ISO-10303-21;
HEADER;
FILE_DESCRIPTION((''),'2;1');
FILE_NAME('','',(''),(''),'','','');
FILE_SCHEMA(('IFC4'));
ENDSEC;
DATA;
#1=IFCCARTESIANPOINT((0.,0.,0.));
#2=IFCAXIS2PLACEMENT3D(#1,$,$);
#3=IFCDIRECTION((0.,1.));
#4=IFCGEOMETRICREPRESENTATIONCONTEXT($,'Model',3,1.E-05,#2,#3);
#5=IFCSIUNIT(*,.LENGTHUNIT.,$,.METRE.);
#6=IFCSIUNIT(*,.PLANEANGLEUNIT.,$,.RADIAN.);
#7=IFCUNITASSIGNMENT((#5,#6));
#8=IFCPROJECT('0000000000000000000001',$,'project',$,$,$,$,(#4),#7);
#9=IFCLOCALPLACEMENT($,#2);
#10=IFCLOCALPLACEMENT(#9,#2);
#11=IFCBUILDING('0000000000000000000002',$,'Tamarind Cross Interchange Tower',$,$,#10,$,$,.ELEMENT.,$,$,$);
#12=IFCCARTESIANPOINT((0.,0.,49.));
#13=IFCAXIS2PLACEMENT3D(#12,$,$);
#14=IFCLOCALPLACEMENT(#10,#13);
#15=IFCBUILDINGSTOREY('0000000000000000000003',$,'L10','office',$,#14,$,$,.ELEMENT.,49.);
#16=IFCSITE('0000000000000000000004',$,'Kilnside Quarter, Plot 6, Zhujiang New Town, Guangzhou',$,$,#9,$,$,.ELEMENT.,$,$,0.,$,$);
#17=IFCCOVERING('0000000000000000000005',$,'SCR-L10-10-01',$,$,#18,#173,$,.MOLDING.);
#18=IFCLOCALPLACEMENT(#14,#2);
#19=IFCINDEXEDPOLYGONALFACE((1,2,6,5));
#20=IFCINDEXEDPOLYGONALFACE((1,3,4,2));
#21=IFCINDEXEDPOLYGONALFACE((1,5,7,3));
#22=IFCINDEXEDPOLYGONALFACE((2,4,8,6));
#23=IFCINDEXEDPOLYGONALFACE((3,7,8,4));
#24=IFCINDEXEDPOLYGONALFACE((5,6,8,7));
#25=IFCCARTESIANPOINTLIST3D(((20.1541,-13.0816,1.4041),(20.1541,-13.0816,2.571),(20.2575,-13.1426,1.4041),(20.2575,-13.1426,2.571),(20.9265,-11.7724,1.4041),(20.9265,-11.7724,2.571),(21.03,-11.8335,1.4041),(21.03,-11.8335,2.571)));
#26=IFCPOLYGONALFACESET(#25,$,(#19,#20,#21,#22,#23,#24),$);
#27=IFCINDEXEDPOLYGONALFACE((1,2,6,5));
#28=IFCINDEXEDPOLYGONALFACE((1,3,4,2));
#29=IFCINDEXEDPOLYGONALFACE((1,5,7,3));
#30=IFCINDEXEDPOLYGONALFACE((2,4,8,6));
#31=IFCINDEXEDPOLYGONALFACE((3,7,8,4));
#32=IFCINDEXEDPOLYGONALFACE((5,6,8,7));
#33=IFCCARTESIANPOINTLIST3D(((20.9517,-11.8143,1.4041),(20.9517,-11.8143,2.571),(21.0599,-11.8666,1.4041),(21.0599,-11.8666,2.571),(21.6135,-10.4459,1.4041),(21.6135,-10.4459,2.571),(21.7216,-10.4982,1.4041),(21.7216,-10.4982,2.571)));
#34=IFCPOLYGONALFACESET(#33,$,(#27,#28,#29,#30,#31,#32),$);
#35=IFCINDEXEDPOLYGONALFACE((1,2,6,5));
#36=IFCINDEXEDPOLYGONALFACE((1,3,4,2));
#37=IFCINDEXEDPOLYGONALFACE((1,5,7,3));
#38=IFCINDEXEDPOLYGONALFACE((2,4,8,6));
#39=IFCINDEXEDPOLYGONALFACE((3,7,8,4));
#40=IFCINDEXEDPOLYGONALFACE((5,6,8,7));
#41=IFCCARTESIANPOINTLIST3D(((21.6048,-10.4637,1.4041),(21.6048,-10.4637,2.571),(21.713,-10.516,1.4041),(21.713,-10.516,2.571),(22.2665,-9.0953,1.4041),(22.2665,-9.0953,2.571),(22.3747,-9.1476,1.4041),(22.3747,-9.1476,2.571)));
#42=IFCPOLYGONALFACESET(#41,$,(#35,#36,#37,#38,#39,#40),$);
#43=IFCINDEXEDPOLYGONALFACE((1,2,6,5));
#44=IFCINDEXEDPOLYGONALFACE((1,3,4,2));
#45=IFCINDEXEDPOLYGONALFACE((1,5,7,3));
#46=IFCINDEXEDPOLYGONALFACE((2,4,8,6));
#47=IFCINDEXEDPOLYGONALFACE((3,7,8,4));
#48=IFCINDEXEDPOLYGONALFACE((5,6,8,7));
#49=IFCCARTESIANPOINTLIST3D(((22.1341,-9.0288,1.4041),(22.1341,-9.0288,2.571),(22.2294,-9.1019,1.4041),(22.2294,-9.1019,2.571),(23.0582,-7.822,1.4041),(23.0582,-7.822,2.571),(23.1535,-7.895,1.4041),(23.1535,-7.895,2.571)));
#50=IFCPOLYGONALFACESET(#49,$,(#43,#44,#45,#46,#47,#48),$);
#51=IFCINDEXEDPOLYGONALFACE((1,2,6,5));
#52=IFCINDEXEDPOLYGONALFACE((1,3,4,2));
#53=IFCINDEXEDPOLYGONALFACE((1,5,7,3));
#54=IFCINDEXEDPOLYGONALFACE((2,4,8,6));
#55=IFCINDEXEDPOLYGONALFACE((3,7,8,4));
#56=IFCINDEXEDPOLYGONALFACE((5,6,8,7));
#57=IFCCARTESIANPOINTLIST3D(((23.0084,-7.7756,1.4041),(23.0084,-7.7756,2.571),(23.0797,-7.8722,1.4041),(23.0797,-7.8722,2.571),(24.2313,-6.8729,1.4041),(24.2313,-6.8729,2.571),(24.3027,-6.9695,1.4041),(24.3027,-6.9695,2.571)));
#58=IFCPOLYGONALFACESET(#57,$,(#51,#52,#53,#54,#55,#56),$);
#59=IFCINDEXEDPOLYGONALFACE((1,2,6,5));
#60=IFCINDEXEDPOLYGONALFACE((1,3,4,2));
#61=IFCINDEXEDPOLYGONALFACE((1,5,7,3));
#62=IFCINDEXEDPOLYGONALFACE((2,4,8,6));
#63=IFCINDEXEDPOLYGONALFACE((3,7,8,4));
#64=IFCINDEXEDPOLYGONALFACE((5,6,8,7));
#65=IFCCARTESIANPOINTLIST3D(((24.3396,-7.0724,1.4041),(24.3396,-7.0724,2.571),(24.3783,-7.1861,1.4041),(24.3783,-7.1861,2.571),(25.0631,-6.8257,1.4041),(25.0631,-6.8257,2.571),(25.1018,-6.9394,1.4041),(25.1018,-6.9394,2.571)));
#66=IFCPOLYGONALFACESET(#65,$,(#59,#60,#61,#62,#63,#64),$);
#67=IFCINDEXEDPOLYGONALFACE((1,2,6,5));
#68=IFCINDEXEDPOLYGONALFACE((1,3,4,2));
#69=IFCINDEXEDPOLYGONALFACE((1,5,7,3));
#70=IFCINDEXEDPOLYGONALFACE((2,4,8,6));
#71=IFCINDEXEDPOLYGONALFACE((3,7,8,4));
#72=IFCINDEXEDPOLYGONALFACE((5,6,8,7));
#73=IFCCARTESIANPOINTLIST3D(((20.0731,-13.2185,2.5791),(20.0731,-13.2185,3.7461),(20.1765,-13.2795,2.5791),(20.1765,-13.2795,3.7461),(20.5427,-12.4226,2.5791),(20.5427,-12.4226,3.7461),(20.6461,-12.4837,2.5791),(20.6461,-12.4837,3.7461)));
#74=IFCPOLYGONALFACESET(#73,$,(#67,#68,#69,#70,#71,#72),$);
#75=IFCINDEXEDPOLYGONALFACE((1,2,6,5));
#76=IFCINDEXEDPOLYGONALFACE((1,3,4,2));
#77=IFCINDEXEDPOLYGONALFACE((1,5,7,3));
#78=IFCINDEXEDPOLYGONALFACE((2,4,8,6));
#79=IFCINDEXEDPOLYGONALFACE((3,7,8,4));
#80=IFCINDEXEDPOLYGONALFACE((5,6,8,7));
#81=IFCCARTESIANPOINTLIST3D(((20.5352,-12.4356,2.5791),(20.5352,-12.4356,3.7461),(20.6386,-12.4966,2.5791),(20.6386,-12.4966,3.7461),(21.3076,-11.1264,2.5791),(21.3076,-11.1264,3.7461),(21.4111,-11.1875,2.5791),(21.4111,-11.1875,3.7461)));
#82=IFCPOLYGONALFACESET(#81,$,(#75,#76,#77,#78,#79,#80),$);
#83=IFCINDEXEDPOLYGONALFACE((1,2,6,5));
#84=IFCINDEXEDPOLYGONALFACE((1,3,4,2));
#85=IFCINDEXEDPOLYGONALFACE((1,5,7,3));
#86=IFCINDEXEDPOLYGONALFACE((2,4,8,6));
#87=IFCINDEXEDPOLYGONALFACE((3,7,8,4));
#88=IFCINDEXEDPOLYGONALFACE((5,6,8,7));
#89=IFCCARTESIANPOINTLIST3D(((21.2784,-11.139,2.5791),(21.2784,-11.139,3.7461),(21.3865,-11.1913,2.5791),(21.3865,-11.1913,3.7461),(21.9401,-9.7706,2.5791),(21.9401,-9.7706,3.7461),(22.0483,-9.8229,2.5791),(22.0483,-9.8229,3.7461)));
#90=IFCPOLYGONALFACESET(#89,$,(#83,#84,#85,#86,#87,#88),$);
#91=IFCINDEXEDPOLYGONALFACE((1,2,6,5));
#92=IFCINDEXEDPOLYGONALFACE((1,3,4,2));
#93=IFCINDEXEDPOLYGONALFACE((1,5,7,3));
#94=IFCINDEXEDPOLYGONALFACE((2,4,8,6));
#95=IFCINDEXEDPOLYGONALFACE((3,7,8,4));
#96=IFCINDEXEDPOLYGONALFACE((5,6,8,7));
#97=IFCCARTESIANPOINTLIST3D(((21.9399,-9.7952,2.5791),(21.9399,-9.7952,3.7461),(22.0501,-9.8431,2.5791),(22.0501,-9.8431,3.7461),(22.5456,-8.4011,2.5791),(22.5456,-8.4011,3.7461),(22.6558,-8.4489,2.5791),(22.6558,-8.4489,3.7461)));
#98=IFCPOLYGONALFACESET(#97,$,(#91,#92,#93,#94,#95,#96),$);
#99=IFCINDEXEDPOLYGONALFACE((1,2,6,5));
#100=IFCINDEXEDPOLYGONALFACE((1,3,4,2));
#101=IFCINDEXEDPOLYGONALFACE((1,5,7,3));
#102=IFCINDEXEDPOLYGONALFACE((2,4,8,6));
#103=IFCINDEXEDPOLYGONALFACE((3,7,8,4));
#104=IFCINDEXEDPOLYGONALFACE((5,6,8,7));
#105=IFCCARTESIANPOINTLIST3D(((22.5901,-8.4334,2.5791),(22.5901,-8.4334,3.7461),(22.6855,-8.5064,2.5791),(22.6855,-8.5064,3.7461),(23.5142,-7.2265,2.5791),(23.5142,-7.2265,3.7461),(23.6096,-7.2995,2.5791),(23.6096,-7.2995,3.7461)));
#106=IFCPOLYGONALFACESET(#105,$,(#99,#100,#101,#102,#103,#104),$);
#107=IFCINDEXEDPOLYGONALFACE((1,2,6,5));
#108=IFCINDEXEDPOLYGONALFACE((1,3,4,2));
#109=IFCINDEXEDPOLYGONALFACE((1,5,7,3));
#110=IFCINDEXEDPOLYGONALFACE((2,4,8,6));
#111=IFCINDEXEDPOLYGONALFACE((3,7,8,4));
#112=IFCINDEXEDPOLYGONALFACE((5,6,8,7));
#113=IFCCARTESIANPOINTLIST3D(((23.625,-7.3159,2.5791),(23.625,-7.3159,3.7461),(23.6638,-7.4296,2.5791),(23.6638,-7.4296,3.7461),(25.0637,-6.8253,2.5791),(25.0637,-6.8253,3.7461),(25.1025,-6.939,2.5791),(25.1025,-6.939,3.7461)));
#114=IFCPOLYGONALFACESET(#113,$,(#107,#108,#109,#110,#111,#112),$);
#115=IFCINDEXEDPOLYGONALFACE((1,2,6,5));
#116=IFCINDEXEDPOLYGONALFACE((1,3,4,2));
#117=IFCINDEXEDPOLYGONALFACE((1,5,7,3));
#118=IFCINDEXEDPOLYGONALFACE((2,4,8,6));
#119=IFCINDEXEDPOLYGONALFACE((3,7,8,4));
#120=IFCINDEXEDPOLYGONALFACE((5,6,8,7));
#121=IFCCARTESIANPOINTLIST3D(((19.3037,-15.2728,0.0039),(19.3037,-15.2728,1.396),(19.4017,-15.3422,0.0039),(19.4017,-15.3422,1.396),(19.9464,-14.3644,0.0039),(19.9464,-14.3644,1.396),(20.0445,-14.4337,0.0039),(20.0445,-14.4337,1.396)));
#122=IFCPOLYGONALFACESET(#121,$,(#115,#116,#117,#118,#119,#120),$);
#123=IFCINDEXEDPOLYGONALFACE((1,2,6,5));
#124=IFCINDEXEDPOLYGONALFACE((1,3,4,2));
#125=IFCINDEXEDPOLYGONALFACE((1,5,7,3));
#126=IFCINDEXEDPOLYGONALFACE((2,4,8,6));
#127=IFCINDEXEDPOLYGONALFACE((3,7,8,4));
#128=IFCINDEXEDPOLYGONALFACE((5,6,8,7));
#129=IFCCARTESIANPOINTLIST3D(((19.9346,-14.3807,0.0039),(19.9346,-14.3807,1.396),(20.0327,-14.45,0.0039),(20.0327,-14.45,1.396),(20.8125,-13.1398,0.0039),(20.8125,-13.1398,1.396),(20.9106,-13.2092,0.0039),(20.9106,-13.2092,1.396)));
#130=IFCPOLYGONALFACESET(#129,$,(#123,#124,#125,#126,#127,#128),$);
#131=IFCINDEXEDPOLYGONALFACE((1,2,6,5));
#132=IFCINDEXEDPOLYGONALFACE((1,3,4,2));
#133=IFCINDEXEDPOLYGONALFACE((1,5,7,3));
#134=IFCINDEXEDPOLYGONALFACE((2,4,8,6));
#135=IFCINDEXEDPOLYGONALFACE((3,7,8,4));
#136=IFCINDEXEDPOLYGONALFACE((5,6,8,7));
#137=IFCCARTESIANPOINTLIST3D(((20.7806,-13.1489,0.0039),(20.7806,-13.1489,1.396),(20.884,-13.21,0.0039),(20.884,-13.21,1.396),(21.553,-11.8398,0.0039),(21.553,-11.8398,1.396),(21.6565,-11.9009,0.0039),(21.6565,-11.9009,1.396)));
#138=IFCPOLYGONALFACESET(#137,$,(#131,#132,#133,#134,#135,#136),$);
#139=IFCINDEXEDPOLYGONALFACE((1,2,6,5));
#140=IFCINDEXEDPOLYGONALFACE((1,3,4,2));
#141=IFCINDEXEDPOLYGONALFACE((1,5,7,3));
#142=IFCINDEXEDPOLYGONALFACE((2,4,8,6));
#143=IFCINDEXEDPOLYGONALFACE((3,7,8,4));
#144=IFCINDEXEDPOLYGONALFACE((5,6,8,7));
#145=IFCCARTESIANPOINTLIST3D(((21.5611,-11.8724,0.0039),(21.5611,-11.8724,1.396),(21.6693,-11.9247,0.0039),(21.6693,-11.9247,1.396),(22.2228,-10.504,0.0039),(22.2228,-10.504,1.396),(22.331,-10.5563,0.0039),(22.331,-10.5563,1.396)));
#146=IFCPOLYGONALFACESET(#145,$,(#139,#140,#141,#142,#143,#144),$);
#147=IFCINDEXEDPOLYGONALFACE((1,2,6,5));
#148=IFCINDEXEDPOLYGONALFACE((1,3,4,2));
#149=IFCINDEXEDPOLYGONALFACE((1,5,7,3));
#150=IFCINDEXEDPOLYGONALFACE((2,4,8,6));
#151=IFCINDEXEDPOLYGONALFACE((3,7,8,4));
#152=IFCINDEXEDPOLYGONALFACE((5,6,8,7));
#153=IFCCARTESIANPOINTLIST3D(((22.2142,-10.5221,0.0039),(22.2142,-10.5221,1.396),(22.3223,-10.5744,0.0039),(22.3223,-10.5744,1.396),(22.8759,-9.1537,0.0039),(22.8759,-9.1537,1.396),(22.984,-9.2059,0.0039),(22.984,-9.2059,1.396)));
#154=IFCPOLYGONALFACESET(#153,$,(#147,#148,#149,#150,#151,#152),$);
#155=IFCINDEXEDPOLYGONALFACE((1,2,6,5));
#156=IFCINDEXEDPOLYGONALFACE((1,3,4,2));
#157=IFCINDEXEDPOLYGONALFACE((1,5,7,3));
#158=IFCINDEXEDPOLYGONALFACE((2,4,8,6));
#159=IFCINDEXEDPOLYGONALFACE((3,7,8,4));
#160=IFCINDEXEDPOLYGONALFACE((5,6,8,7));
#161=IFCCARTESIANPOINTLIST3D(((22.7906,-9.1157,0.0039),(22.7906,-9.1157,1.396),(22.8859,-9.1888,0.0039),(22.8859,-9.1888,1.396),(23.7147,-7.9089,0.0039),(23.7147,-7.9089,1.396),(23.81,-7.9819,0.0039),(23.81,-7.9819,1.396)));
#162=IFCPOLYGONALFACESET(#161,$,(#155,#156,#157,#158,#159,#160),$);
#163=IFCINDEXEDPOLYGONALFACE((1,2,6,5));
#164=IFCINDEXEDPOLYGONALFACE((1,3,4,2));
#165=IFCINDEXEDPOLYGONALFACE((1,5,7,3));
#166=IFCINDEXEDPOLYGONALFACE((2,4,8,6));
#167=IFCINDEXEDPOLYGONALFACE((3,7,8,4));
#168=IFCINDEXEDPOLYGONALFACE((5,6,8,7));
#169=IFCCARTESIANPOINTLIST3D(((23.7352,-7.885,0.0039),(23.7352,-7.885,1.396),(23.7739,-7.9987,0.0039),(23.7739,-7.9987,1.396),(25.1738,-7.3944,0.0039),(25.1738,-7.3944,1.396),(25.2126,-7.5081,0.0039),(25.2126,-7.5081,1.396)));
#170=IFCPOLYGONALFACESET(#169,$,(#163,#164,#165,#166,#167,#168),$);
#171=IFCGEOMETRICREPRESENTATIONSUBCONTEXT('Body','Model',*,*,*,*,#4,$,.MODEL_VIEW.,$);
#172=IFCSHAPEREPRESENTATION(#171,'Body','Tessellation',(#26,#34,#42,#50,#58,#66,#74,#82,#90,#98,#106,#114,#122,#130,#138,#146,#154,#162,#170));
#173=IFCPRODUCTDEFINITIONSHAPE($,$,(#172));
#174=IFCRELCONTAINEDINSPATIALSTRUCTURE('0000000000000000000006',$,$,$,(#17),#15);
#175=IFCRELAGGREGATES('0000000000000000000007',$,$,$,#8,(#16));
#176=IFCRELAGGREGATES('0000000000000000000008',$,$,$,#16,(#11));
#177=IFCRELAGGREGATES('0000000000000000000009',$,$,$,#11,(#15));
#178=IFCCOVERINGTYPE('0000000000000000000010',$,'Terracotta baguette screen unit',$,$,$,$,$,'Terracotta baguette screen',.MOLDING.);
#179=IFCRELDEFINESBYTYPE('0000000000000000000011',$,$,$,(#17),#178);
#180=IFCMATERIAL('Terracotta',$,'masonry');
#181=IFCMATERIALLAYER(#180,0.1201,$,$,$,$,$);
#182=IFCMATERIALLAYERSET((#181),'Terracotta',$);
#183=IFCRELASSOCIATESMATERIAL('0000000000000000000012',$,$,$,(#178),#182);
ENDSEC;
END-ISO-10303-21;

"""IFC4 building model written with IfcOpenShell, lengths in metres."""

from ifc_helpers import new_model, si_unit, direction, frame, origin, origin_2d, place, context, subcontext, project, spatial, rectangle, extrude, material, layer, layer_set, type_object, element, save


model = new_model("IFC4")

# Units and contexts
model_context = context("Model", 3, precision=1e-05, world=origin(), true_north=direction((0.0, 1.0)))
body_context = subcontext(model_context, "Body", "Model", "MODEL_VIEW")
ifc_project = project(units=[si_unit("LENGTHUNIT", "METRE"), si_unit("PLANEANGLEUNIT", "RADIAN")], contexts=[model_context])

# Site, building, storey
site_placement = place(None, origin())
site = spatial("IfcSite", under=ifc_project, at=site_placement, Name="Kilnside Quarter, Plot 6, Zhujiang New Town, Guangzhou", CompositionType="ELEMENT", RefElevation=0.0)
building_placement = place(site_placement, origin())
building = spatial("IfcBuilding", under=site, at=building_placement, Name="Tamarind Cross Interchange Tower", CompositionType="ELEMENT")
storey_placement = place(building_placement, frame((0.0, 0.0, 49.0)))
storey = spatial("IfcBuildingStorey", under=building, at=storey_placement, Name="L10", Description="office", CompositionType="ELEMENT", Elevation=49.0)

# Covering
ifc_material_1 = material(Name="Terracotta", Category="masonry")
ifc_layer_1 = layer(ifc_material_1, 0.1201)
ifc_layer_set_1 = layer_set([ifc_layer_1], Name="Terracotta")
covering_type = type_object("IfcCoveringType", Name="Terracotta baguette screen unit", ElementType="Terracotta baguette screen", PredefinedType="MOLDING", material=ifc_layer_set_1)
covering_1_placement = place(storey_placement, origin())
element("IfcCovering", 1, at=covering_1_placement, inside=storey, type_object=covering_type, Name="SCR-L10-10-01", PredefinedType="MOLDING", context=body_context, shape_type="SweptSolid", body=[
    extrude(rectangle(XDim=1.52, YDim=0.1201, at=origin_2d()), frame((20.592, -12.4575, 1.4041), z_axis=(0.0, 0.0, 1.0), x_axis=(0.508183, 0.861249, 0.0)), (0.0, 0.0, 1.0), 1.167),
    extrude(rectangle(XDim=1.52, YDim=0.1201, at=origin_2d()), frame((21.3367, -11.1562, 1.4041), z_axis=(0.0, 0.0, 1.0), x_axis=(0.435326, 0.900273, 0.0)), (0.0, 0.0, 1.0), 1.167),
    extrude(rectangle(XDim=1.52, YDim=0.1201, at=origin_2d()), frame((21.9897, -9.8057, 1.4041), z_axis=(0.0, 0.0, 1.0), x_axis=(0.435326, 0.900273, 0.0)), (0.0, 0.0, 1.0), 1.167),
    extrude(rectangle(XDim=1.52, YDim=0.1201, at=origin_2d()), frame((22.6438, -8.4619, 1.4041), z_axis=(0.0, 0.0, 1.0), x_axis=(0.607959, 0.793969, 0.0)), (0.0, 0.0, 1.0), 1.167),
    extrude(rectangle(XDim=1.52, YDim=0.1201, at=origin_2d()), frame((23.6555, -7.3726, 1.4041), z_axis=(0.0, 0.0, 1.0), x_axis=(0.804565, 0.593864, 0.0)), (0.0, 0.0, 1.0), 1.167),
    extrude(rectangle(XDim=0.7644, YDim=0.1201, at=origin_2d()), frame((24.7207, -7.0059, 1.4041), z_axis=(0.0, 0.0, 1.0), x_axis=(0.946488, 0.322738, 0.0)), (0.0, 0.0, 1.0), 1.167),
    extrude(rectangle(XDim=0.9241, YDim=0.1201, at=origin_2d()), frame((20.3596, -12.8511, 2.5791), z_axis=(0.0, 0.0, 1.0), x_axis=(0.508183, 0.861249, 0.0)), (0.0, 0.0, 1.0), 1.167),
    extrude(rectangle(XDim=1.52, YDim=0.1201, at=origin_2d()), frame((20.9731, -11.8115, 2.5791), z_axis=(0.0, 0.0, 1.0), x_axis=(0.508183, 0.861249, 0.0)), (0.0, 0.0, 1.0), 1.167),
    extrude(rectangle(XDim=1.52, YDim=0.1201, at=origin_2d()), frame((21.6633, -10.481, 2.5791), z_axis=(0.0, 0.0, 1.0), x_axis=(0.435326, 0.900273, 0.0)), (0.0, 0.0, 1.0), 1.167),
    extrude(rectangle(XDim=1.52, YDim=0.1201, at=origin_2d()), frame((22.2979, -9.1221, 2.5791), z_axis=(0.0, 0.0, 1.0), x_axis=(0.398482, 0.917176, 0.0)), (0.0, 0.0, 1.0), 1.167),
    extrude(rectangle(XDim=1.52, YDim=0.1201, at=origin_2d()), frame((23.0999, -7.8665, 2.5791), z_axis=(0.0, 0.0, 1.0), x_axis=(0.607959, 0.793969, 0.0)), (0.0, 0.0, 1.0), 1.167),
    extrude(rectangle(XDim=1.52, YDim=0.1201, at=origin_2d()), frame((24.3638, -7.1274, 2.5791), z_axis=(0.0, 0.0, 1.0), x_axis=(0.946488, 0.322738, 0.0)), (0.0, 0.0, 1.0), 1.167),
    extrude(rectangle(XDim=1.1128, YDim=0.1201, at=origin_2d()), frame((19.6741, -14.8533, 0.0039), z_axis=(0.0, 0.0, 1.0), x_axis=(0.577569, 0.816342, 0.0)), (0.0, 0.0, 1.0), 1.3921),
    extrude(rectangle(XDim=1.52, YDim=0.1201, at=origin_2d()), frame((20.4226, -13.7949, 0.0039), z_axis=(0.0, 0.0, 1.0), x_axis=(0.577569, 0.816342, 0.0)), (0.0, 0.0, 1.0), 1.3921),
    extrude(rectangle(XDim=1.52, YDim=0.1201, at=origin_2d()), frame((21.2185, -12.5249, 0.0039), z_axis=(0.0, 0.0, 1.0), x_axis=(0.508183, 0.861249, 0.0)), (0.0, 0.0, 1.0), 1.3921),
    extrude(rectangle(XDim=1.52, YDim=0.1201, at=origin_2d()), frame((21.946, -11.2144, 0.0039), z_axis=(0.0, 0.0, 1.0), x_axis=(0.435326, 0.900273, 0.0)), (0.0, 0.0, 1.0), 1.3921),
    extrude(rectangle(XDim=1.52, YDim=0.1201, at=origin_2d()), frame((22.5991, -9.864, 0.0039), z_axis=(0.0, 0.0, 1.0), x_axis=(0.435326, 0.900273, 0.0)), (0.0, 0.0, 1.0), 1.3921),
    extrude(rectangle(XDim=1.52, YDim=0.1201, at=origin_2d()), frame((23.3003, -8.5488, 0.0039), z_axis=(0.0, 0.0, 1.0), x_axis=(0.607959, 0.793969, 0.0)), (0.0, 0.0, 1.0), 1.3921),
    extrude(rectangle(XDim=1.52, YDim=0.1201, at=origin_2d()), frame((24.4739, -7.6965, 0.0039), z_axis=(0.0, 0.0, 1.0), x_axis=(0.946488, 0.322738, 0.0)), (0.0, 0.0, 1.0), 1.3921),
])

save(model, "model.ifc")
